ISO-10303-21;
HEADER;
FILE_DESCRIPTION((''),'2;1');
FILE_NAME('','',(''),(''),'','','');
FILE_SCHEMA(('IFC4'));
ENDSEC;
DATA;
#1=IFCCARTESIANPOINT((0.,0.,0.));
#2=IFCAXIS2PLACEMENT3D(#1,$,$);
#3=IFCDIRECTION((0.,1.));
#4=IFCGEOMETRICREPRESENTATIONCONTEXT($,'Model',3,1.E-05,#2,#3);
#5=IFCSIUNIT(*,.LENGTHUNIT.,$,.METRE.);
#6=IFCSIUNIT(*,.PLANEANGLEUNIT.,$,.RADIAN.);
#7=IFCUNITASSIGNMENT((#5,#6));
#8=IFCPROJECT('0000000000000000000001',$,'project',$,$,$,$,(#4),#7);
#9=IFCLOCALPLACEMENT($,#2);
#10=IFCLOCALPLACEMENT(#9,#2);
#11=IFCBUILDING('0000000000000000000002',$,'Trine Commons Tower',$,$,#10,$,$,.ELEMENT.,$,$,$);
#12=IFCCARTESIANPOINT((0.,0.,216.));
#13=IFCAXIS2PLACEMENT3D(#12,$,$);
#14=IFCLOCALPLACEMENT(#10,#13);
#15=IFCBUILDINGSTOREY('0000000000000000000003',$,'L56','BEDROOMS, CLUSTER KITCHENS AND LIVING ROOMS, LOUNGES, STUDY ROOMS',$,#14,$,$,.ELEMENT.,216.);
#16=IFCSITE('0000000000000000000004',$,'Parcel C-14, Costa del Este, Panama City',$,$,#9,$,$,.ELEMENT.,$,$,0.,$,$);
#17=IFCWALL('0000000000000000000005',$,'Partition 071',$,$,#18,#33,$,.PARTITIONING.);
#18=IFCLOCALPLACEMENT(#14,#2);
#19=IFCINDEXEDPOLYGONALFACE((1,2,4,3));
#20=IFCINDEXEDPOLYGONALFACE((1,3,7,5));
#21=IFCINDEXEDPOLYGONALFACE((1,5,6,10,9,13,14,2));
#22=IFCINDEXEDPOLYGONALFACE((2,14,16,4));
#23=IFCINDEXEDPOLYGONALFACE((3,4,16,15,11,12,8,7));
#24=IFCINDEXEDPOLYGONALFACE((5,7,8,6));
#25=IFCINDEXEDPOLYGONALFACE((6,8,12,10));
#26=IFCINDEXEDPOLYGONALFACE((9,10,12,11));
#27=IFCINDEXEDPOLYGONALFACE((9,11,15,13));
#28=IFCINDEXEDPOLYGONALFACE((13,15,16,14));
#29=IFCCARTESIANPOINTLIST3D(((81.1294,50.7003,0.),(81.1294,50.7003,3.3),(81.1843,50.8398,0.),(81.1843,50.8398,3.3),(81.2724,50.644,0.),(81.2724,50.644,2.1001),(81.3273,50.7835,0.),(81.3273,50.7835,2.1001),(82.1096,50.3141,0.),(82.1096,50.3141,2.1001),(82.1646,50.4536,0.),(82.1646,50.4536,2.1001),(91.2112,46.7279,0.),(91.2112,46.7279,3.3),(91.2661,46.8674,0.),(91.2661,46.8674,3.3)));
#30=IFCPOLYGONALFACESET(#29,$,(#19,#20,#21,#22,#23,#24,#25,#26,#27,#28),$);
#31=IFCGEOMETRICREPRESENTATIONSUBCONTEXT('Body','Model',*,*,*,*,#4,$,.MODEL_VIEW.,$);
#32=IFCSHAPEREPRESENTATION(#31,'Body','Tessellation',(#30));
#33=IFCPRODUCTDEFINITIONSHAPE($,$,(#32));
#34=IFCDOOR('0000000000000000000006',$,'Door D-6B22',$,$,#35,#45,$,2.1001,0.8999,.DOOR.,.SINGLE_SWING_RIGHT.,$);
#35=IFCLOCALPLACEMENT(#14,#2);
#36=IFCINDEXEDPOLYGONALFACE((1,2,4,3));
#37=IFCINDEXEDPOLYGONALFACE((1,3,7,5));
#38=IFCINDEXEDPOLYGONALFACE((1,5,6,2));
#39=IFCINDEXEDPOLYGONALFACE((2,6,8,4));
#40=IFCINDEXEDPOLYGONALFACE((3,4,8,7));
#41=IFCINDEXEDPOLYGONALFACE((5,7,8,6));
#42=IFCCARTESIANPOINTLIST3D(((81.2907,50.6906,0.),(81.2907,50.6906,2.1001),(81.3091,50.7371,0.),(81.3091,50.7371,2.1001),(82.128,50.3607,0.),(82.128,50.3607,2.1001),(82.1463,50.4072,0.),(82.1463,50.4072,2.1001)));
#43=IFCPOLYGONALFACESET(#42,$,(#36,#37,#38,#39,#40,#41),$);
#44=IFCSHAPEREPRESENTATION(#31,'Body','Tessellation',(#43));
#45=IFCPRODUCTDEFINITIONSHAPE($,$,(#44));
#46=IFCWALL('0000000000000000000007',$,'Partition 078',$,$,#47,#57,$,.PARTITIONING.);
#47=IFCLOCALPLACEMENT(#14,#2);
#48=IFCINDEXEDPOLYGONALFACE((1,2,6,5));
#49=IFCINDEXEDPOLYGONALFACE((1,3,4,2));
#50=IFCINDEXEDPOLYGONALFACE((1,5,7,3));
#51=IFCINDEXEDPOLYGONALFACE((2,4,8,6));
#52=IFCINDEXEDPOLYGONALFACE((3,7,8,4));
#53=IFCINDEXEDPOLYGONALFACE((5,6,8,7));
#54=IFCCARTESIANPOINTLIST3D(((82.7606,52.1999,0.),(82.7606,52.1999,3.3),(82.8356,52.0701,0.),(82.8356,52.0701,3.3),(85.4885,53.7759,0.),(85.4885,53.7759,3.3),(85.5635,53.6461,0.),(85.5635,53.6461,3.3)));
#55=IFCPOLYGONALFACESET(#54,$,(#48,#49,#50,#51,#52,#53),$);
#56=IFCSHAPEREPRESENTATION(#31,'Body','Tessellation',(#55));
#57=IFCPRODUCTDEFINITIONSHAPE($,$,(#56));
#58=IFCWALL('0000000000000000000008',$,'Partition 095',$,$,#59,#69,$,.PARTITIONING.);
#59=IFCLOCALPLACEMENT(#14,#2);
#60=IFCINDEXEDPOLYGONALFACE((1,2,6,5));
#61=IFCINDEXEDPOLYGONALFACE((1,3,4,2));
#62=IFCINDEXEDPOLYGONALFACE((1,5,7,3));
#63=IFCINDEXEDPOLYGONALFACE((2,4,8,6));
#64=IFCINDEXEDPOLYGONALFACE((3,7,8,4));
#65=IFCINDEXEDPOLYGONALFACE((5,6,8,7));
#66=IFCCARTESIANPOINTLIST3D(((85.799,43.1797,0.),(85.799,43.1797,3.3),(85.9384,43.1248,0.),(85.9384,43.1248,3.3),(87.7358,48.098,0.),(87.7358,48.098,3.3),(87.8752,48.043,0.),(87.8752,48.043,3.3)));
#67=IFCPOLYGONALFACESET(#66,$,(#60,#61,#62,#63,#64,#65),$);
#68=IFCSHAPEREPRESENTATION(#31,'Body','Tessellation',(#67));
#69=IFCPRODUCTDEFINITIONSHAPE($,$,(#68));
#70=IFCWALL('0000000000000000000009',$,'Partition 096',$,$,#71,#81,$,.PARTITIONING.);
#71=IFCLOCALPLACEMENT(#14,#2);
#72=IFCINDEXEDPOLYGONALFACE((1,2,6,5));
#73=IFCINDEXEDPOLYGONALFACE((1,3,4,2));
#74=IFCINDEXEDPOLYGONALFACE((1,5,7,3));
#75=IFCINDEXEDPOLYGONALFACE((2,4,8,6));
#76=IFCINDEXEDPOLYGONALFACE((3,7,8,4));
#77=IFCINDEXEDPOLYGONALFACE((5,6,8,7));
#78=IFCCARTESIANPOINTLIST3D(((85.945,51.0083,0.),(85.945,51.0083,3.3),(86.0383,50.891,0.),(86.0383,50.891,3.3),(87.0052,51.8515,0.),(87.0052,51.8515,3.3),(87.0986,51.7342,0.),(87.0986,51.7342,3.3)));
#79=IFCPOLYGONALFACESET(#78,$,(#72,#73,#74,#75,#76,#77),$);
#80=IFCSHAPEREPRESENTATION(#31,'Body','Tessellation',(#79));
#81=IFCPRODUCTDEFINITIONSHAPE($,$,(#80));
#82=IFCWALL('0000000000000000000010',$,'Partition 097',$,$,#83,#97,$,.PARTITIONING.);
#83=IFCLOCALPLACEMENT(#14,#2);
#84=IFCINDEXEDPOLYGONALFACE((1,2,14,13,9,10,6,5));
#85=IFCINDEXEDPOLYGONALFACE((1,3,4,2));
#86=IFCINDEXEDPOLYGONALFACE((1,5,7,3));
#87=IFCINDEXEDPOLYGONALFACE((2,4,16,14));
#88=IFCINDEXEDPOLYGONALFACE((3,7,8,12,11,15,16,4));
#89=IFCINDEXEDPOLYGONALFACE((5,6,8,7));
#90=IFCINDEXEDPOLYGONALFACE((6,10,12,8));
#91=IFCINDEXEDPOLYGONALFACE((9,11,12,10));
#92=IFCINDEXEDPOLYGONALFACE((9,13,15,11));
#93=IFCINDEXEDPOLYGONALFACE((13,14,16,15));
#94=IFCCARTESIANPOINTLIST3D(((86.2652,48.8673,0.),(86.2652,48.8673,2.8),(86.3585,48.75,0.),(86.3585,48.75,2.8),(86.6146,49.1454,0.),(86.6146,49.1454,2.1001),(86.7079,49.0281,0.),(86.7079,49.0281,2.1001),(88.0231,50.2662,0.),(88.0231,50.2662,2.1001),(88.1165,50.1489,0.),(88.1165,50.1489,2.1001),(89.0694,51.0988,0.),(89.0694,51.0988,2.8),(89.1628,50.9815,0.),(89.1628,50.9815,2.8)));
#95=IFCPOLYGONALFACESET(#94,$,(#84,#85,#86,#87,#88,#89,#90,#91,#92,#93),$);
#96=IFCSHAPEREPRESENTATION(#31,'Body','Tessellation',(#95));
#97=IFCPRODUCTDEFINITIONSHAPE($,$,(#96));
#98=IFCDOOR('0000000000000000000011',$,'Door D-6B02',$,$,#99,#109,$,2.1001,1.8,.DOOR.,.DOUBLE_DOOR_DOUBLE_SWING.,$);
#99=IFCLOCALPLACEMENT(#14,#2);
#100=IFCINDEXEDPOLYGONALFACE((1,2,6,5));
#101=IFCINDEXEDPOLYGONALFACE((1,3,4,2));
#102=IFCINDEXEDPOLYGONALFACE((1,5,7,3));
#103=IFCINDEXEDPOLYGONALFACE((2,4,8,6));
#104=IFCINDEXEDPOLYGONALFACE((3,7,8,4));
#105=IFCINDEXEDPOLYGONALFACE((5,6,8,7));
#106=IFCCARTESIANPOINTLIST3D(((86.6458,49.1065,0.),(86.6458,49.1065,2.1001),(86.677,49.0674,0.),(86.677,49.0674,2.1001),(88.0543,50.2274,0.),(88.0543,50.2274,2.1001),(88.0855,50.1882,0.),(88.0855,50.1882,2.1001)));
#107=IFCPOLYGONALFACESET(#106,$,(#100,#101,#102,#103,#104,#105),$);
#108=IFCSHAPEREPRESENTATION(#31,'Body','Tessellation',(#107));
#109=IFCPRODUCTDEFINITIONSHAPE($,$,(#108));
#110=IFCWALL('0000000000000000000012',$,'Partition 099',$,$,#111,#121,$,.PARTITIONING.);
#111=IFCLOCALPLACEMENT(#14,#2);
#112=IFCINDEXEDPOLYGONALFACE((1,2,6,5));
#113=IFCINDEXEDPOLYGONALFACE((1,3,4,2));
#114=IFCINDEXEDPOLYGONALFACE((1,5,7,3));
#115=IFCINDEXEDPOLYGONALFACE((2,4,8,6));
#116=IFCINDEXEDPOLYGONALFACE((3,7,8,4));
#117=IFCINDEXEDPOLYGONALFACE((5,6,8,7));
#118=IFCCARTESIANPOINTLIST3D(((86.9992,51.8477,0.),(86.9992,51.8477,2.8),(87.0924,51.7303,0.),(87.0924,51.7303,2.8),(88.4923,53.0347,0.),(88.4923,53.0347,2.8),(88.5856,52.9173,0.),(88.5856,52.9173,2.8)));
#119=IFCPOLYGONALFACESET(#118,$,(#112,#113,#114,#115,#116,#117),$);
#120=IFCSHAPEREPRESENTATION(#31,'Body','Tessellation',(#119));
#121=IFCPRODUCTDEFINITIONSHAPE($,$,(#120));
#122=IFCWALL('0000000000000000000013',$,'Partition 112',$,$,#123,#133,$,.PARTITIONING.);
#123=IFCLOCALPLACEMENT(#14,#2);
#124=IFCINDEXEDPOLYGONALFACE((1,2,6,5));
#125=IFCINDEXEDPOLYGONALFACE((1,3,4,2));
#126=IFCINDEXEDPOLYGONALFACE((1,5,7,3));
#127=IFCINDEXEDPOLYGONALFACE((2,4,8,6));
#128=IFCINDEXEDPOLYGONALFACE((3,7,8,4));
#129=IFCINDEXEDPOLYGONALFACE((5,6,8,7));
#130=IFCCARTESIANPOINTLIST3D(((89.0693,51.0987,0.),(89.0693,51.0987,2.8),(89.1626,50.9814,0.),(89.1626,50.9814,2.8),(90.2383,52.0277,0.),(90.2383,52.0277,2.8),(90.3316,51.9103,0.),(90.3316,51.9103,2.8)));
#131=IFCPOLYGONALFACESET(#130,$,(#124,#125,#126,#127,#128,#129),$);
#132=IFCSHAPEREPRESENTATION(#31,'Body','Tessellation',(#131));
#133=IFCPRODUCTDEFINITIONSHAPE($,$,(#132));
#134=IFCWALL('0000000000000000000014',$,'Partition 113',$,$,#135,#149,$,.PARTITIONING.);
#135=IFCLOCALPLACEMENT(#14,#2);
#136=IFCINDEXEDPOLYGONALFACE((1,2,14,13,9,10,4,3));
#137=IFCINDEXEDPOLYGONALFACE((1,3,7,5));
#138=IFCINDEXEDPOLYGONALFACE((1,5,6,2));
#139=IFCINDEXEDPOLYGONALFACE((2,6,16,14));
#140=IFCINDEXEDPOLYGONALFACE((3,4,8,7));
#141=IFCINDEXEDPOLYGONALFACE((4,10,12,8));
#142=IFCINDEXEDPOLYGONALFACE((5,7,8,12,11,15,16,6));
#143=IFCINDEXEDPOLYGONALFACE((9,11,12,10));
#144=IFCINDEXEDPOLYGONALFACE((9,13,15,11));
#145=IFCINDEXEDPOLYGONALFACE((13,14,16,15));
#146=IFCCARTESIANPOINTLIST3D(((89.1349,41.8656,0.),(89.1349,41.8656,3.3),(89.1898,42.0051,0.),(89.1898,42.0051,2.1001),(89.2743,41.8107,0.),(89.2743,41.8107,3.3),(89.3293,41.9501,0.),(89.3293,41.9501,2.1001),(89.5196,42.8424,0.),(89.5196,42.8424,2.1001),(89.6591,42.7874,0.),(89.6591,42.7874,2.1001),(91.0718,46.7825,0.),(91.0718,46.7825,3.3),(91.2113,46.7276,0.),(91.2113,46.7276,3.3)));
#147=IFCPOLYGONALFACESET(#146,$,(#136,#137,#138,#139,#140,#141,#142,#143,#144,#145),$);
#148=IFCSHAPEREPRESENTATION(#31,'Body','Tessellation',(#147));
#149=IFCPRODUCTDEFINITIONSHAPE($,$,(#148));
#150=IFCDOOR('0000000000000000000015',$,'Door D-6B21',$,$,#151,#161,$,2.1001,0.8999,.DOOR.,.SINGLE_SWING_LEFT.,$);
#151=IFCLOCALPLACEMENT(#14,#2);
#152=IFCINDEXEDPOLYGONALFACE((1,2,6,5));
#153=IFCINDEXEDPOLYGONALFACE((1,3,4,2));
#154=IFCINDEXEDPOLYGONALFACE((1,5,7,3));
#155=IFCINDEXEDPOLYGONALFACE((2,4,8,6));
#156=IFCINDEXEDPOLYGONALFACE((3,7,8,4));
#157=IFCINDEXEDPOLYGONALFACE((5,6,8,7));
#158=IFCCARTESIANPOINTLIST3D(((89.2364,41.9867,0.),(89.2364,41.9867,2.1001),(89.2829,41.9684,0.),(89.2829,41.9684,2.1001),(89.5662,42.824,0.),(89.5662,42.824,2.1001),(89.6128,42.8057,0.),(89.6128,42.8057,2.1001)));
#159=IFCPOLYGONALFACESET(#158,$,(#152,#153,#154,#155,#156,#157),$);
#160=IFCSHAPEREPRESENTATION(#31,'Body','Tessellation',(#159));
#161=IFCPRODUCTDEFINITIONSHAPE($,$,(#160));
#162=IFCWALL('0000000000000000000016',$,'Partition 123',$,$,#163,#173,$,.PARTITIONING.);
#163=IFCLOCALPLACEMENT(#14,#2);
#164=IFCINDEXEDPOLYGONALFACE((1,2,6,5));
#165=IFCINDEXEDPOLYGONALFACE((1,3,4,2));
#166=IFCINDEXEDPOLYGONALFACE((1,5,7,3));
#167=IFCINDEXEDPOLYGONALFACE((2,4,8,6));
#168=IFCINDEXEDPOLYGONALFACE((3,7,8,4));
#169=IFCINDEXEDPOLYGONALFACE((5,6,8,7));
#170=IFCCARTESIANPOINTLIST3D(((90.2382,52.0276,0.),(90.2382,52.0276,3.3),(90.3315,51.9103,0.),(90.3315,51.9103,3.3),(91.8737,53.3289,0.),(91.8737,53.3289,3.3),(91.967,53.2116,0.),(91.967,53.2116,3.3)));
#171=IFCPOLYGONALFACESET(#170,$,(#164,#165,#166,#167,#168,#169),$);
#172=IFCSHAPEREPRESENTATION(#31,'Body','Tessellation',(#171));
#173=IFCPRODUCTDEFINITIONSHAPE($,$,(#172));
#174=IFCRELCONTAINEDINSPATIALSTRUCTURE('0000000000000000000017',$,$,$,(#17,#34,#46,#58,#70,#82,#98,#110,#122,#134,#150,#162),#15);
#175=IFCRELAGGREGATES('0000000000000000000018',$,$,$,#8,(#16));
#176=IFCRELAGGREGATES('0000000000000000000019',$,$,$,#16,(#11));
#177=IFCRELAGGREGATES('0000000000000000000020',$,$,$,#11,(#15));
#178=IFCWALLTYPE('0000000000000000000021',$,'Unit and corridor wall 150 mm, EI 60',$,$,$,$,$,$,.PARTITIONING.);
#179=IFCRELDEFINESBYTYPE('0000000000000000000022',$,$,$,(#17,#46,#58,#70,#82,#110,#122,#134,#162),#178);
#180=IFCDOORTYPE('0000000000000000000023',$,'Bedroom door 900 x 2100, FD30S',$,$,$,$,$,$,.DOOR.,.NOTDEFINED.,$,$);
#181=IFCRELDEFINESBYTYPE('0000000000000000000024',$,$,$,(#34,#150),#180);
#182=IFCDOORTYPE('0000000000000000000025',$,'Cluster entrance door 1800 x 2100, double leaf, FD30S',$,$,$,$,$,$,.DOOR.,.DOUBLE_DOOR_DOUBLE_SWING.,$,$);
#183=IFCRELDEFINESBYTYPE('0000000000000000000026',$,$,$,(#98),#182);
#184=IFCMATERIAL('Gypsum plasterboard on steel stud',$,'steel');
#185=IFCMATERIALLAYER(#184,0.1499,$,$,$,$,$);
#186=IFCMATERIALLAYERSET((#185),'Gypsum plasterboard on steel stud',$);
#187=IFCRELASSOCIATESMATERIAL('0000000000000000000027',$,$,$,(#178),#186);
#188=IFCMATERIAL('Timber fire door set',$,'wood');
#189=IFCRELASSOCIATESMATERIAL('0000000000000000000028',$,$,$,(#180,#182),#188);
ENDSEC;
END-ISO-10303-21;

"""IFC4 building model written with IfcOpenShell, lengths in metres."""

from ifc_helpers import new_model, si_unit, direction, frame, frame_2d, origin, place, context, subcontext, project, spatial, rectangle, extrude, material, layer, layer_set, type_object, element, fill, save


model = new_model("IFC4")

# Units and contexts
model_context = context("Model", 3, precision=1e-05, world=origin(), true_north=direction((0.0, 1.0)))
body_context = subcontext(model_context, "Body", "Model", "MODEL_VIEW")
ifc_project = project(units=[si_unit("LENGTHUNIT", "METRE"), si_unit("PLANEANGLEUNIT", "RADIAN")], contexts=[model_context])

# Site, building, storey
site_placement = place(None, origin())
site = spatial("IfcSite", under=ifc_project, at=site_placement, Name="Parcel C-14, Costa del Este, Panama City", CompositionType="ELEMENT", RefElevation=0.0)
building_placement = place(site_placement, origin())
building = spatial("IfcBuilding", under=site, at=building_placement, Name="Trine Commons Tower", CompositionType="ELEMENT")
storey_placement = place(building_placement, frame((0.0, 0.0, 216.0)))
storey = spatial("IfcBuildingStorey", under=building, at=storey_placement, Name="L56", Description="BEDROOMS, CLUSTER KITCHENS AND LIVING ROOMS, LOUNGES, STUDY ROOMS", CompositionType="ELEMENT", Elevation=216.0)

# Wall, opening, door
ifc_material_1 = material(Name="Gypsum plasterboard on steel stud", Category="steel")
ifc_layer_1 = layer(ifc_material_1, 0.1499)
ifc_layer_set_1 = layer_set([ifc_layer_1], Name="Gypsum plasterboard on steel stud")
wall_type_1 = type_object("IfcWallType", Name="Unit and corridor wall 150 mm, EI 60", PredefinedType="PARTITIONING", material=ifc_layer_set_1)
wall_1_placement = place(storey_placement, frame((81.157, 50.77, 0.0), z_axis=(0.0, 0.0, 1.0), x_axis=(0.930383, -0.366588, 0.0)))
wall_1 = element("IfcWall", 1, at=wall_1_placement, inside=storey, type_object=wall_type_1, Name="Partition 071", PredefinedType="PARTITIONING", context=body_context, shape_type="SweptSolid", body=[
    extrude(rectangle(XDim=10.8362, YDim=0.1499, at=frame_2d((5.418, 0.0))), origin(), (0.0, 0.0, 1.0), 3.3),
])
opening_1_placement = place(wall_1_placement, frame((0.1536, 0.0, 0.0)))
opening_1 = element("IfcOpeningElement", 2, at=opening_1_placement, cuts=wall_1, PredefinedType="OPENING", context=body_context, shape_type="SweptSolid", body=[
    extrude(rectangle(XDim=0.8999, YDim=2.1001, at=frame_2d((0.45, 1.05))), frame((0.0, 0.085, 0.0), z_axis=(0.0, -1.0, 0.0), x_axis=(1.0, 0.0, 0.0)), (0.0, 0.0, 1.0), 0.1699),
])
ifc_material_2 = material(Name="Timber fire door set", Category="wood")
door_type_1 = type_object("IfcDoorType", Name="Bedroom door 900 x 2100, FD30S", OperationType="NOTDEFINED", PredefinedType="DOOR", material=ifc_material_2)
door_1_placement = place(opening_1_placement, frame((0.8999, 0.0, 0.0), z_axis=(0.0, 0.0, 1.0), x_axis=(-1.0, 0.0, 0.0)))
door_1 = element("IfcDoor", 3, at=door_1_placement, inside=storey, type_object=door_type_1, Name="Door D-6B22", OperationType="SINGLE_SWING_RIGHT", OverallHeight=2.1001, OverallWidth=0.8999, PredefinedType="DOOR", context=body_context, shape_type="SweptSolid", body=[
    extrude(rectangle(XDim=0.8999, YDim=2.1001, at=frame_2d((0.45, 1.05))), frame((0.0, 0.0249, 0.0), z_axis=(0.0, -1.0, 0.0), x_axis=(1.0, 0.0, 0.0)), (0.0, 0.0, 1.0), 0.05),
])
fill(opening_1, door_1)

# Walls
wall_2_placement = place(storey_placement, frame((82.7981, 52.135, 0.0), z_axis=(0.0, 0.0, 1.0), x_axis=(0.865882, 0.500248, 0.0)))
element("IfcWall", 4, at=wall_2_placement, inside=storey, type_object=wall_type_1, Name="Partition 078", PredefinedType="PARTITIONING", context=body_context, shape_type="SweptSolid", body=[
    extrude(rectangle(XDim=3.1504, YDim=0.1499, at=frame_2d((1.5752, 0.0))), origin(), (0.0, 0.0, 1.0), 3.3),
])
wall_3_placement = place(storey_placement, frame((85.8687, 43.1521, 0.0), z_axis=(0.0, 0.0, 1.0), x_axis=(0.366408, 0.930454, 0.0)))
element("IfcWall", 5, at=wall_3_placement, inside=storey, type_object=wall_type_1, Name="Partition 095", PredefinedType="PARTITIONING", context=body_context, shape_type="SweptSolid", body=[
    extrude(rectangle(XDim=5.2859, YDim=0.1499, at=frame_2d((2.6431, 0.0))), origin(), (0.0, 0.0, 1.0), 3.3),
])
wall_4_placement = place(storey_placement, frame((85.9917, 50.9497, 0.0), z_axis=(0.0, 0.0, 1.0), x_axis=(0.782659, 0.622451, 0.0)))
element("IfcWall", 6, at=wall_4_placement, inside=storey, type_object=wall_type_1, Name="Partition 096", PredefinedType="PARTITIONING", context=body_context, shape_type="SweptSolid", body=[
    extrude(rectangle(XDim=1.3547, YDim=0.1499, at=frame_2d((0.6772, 0.0))), origin(), (0.0, 0.0, 1.0), 3.3),
])

# Wall, opening, door
wall_5_placement = place(storey_placement, frame((86.3118, 48.8086, 0.0), z_axis=(0.0, 0.0, 1.0), x_axis=(0.782488, 0.622666, 0.0)))
wall_5 = element("IfcWall", 7, at=wall_5_placement, inside=storey, type_object=wall_type_1, Name="Partition 097", PredefinedType="PARTITIONING", context=body_context, shape_type="SweptSolid", body=[
    extrude(rectangle(XDim=3.5837, YDim=0.1499, at=frame_2d((1.792, 0.0))), origin(), (0.0, 0.0, 1.0), 2.8),
])
opening_2_placement = place(wall_5_placement, frame((0.4468, 0.0, 0.0)))
opening_2 = element("IfcOpeningElement", 8, at=opening_2_placement, cuts=wall_5, PredefinedType="OPENING", context=body_context, shape_type="SweptSolid", body=[
    extrude(rectangle(XDim=1.8, YDim=2.1001, at=frame_2d((0.8999, 1.05))), frame((0.0, 0.085, 0.0), z_axis=(0.0, -1.0, 0.0), x_axis=(1.0, 0.0, 0.0)), (0.0, 0.0, 1.0), 0.1699),
])
door_type_2 = type_object("IfcDoorType", Name="Cluster entrance door 1800 x 2100, double leaf, FD30S", OperationType="DOUBLE_DOOR_DOUBLE_SWING", PredefinedType="DOOR", material=ifc_material_2)
door_2_placement = place(opening_2_placement, frame((1.8, 0.0, 0.0), z_axis=(0.0, 0.0, 1.0), x_axis=(-1.0, 0.0, 0.0)))
door_2 = element("IfcDoor", 9, at=door_2_placement, inside=storey, type_object=door_type_2, Name="Door D-6B02", OperationType="DOUBLE_DOOR_DOUBLE_SWING", OverallHeight=2.1001, OverallWidth=1.8, PredefinedType="DOOR", context=body_context, shape_type="SweptSolid", body=[
    extrude(rectangle(XDim=1.8, YDim=2.1001, at=frame_2d((0.8999, 1.05))), frame((0.0, 0.0249, 0.0), z_axis=(0.0, -1.0, 0.0), x_axis=(1.0, 0.0, 0.0)), (0.0, 0.0, 1.0), 0.05),
])
fill(opening_2, door_2)

# Walls
wall_6_placement = place(storey_placement, frame((87.0459, 51.7891, 0.0), z_axis=(0.0, 0.0, 1.0), x_axis=(0.782788, 0.622288, 0.0)))
element("IfcWall", 10, at=wall_6_placement, inside=storey, type_object=wall_type_1, Name="Partition 099", PredefinedType="PARTITIONING", context=body_context, shape_type="SweptSolid", body=[
    extrude(rectangle(XDim=1.9075, YDim=0.1499, at=frame_2d((0.9536, 0.0))), origin(), (0.0, 0.0, 1.0), 2.8),
])
wall_7_placement = place(storey_placement, frame((89.116, 51.04, 0.0), z_axis=(0.0, 0.0, 1.0), x_axis=(0.782891, 0.622159, 0.0)))
element("IfcWall", 11, at=wall_7_placement, inside=storey, type_object=wall_type_1, Name="Partition 112", PredefinedType="PARTITIONING", context=body_context, shape_type="SweptSolid", body=[
    extrude(rectangle(XDim=1.4932, YDim=0.1499, at=frame_2d((0.7466, 0.0))), origin(), (0.0, 0.0, 1.0), 2.8),
])

# Wall, opening, door
wall_8_placement = place(storey_placement, frame((89.2046, 41.8381, 0.0), z_axis=(0.0, 0.0, 1.0), x_axis=(0.366527, 0.930407, 0.0)))
wall_8 = element("IfcWall", 12, at=wall_8_placement, inside=storey, type_object=wall_type_1, Name="Partition 113", PredefinedType="PARTITIONING", context=body_context, shape_type="SweptSolid", body=[
    extrude(rectangle(XDim=5.2847, YDim=0.1499, at=frame_2d((2.6423, 0.0))), origin(), (0.0, 0.0, 1.0), 3.3),
])
opening_3_placement = place(wall_8_placement, frame((0.1499, 0.0, 0.0)))
opening_3 = element("IfcOpeningElement", 13, at=opening_3_placement, cuts=wall_8, PredefinedType="OPENING", context=body_context, shape_type="SweptSolid", body=[
    extrude(rectangle(XDim=0.8999, YDim=2.1001, at=frame_2d((0.45, 1.05))), frame((0.0, 0.085, 0.0), z_axis=(0.0, -1.0, 0.0), x_axis=(1.0, 0.0, 0.0)), (0.0, 0.0, 1.0), 0.1699),
])
door_3_placement = place(opening_3_placement, origin())
door_3 = element("IfcDoor", 14, at=door_3_placement, inside=storey, type_object=door_type_1, Name="Door D-6B21", OperationType="SINGLE_SWING_LEFT", OverallHeight=2.1001, OverallWidth=0.8999, PredefinedType="DOOR", context=body_context, shape_type="SweptSolid", body=[
    extrude(rectangle(XDim=0.8999, YDim=2.1001, at=frame_2d((0.45, 1.05))), frame((0.0, 0.0249, 0.0), z_axis=(0.0, -1.0, 0.0), x_axis=(1.0, 0.0, 0.0)), (0.0, 0.0, 1.0), 0.05),
])
fill(opening_3, door_3)

# Wall
wall_9_placement = place(storey_placement, frame((90.2849, 51.969, 0.0), z_axis=(0.0, 0.0, 1.0), x_axis=(0.78253, 0.622613, 0.0)))
element("IfcWall", 15, at=wall_9_placement, inside=storey, type_object=wall_type_1, Name="Partition 123", PredefinedType="PARTITIONING", context=body_context, shape_type="SweptSolid", body=[
    extrude(rectangle(XDim=2.0901, YDim=0.1499, at=frame_2d((1.0449, 0.0))), origin(), (0.0, 0.0, 1.0), 3.3),
])

save(model, "model.ifc")
